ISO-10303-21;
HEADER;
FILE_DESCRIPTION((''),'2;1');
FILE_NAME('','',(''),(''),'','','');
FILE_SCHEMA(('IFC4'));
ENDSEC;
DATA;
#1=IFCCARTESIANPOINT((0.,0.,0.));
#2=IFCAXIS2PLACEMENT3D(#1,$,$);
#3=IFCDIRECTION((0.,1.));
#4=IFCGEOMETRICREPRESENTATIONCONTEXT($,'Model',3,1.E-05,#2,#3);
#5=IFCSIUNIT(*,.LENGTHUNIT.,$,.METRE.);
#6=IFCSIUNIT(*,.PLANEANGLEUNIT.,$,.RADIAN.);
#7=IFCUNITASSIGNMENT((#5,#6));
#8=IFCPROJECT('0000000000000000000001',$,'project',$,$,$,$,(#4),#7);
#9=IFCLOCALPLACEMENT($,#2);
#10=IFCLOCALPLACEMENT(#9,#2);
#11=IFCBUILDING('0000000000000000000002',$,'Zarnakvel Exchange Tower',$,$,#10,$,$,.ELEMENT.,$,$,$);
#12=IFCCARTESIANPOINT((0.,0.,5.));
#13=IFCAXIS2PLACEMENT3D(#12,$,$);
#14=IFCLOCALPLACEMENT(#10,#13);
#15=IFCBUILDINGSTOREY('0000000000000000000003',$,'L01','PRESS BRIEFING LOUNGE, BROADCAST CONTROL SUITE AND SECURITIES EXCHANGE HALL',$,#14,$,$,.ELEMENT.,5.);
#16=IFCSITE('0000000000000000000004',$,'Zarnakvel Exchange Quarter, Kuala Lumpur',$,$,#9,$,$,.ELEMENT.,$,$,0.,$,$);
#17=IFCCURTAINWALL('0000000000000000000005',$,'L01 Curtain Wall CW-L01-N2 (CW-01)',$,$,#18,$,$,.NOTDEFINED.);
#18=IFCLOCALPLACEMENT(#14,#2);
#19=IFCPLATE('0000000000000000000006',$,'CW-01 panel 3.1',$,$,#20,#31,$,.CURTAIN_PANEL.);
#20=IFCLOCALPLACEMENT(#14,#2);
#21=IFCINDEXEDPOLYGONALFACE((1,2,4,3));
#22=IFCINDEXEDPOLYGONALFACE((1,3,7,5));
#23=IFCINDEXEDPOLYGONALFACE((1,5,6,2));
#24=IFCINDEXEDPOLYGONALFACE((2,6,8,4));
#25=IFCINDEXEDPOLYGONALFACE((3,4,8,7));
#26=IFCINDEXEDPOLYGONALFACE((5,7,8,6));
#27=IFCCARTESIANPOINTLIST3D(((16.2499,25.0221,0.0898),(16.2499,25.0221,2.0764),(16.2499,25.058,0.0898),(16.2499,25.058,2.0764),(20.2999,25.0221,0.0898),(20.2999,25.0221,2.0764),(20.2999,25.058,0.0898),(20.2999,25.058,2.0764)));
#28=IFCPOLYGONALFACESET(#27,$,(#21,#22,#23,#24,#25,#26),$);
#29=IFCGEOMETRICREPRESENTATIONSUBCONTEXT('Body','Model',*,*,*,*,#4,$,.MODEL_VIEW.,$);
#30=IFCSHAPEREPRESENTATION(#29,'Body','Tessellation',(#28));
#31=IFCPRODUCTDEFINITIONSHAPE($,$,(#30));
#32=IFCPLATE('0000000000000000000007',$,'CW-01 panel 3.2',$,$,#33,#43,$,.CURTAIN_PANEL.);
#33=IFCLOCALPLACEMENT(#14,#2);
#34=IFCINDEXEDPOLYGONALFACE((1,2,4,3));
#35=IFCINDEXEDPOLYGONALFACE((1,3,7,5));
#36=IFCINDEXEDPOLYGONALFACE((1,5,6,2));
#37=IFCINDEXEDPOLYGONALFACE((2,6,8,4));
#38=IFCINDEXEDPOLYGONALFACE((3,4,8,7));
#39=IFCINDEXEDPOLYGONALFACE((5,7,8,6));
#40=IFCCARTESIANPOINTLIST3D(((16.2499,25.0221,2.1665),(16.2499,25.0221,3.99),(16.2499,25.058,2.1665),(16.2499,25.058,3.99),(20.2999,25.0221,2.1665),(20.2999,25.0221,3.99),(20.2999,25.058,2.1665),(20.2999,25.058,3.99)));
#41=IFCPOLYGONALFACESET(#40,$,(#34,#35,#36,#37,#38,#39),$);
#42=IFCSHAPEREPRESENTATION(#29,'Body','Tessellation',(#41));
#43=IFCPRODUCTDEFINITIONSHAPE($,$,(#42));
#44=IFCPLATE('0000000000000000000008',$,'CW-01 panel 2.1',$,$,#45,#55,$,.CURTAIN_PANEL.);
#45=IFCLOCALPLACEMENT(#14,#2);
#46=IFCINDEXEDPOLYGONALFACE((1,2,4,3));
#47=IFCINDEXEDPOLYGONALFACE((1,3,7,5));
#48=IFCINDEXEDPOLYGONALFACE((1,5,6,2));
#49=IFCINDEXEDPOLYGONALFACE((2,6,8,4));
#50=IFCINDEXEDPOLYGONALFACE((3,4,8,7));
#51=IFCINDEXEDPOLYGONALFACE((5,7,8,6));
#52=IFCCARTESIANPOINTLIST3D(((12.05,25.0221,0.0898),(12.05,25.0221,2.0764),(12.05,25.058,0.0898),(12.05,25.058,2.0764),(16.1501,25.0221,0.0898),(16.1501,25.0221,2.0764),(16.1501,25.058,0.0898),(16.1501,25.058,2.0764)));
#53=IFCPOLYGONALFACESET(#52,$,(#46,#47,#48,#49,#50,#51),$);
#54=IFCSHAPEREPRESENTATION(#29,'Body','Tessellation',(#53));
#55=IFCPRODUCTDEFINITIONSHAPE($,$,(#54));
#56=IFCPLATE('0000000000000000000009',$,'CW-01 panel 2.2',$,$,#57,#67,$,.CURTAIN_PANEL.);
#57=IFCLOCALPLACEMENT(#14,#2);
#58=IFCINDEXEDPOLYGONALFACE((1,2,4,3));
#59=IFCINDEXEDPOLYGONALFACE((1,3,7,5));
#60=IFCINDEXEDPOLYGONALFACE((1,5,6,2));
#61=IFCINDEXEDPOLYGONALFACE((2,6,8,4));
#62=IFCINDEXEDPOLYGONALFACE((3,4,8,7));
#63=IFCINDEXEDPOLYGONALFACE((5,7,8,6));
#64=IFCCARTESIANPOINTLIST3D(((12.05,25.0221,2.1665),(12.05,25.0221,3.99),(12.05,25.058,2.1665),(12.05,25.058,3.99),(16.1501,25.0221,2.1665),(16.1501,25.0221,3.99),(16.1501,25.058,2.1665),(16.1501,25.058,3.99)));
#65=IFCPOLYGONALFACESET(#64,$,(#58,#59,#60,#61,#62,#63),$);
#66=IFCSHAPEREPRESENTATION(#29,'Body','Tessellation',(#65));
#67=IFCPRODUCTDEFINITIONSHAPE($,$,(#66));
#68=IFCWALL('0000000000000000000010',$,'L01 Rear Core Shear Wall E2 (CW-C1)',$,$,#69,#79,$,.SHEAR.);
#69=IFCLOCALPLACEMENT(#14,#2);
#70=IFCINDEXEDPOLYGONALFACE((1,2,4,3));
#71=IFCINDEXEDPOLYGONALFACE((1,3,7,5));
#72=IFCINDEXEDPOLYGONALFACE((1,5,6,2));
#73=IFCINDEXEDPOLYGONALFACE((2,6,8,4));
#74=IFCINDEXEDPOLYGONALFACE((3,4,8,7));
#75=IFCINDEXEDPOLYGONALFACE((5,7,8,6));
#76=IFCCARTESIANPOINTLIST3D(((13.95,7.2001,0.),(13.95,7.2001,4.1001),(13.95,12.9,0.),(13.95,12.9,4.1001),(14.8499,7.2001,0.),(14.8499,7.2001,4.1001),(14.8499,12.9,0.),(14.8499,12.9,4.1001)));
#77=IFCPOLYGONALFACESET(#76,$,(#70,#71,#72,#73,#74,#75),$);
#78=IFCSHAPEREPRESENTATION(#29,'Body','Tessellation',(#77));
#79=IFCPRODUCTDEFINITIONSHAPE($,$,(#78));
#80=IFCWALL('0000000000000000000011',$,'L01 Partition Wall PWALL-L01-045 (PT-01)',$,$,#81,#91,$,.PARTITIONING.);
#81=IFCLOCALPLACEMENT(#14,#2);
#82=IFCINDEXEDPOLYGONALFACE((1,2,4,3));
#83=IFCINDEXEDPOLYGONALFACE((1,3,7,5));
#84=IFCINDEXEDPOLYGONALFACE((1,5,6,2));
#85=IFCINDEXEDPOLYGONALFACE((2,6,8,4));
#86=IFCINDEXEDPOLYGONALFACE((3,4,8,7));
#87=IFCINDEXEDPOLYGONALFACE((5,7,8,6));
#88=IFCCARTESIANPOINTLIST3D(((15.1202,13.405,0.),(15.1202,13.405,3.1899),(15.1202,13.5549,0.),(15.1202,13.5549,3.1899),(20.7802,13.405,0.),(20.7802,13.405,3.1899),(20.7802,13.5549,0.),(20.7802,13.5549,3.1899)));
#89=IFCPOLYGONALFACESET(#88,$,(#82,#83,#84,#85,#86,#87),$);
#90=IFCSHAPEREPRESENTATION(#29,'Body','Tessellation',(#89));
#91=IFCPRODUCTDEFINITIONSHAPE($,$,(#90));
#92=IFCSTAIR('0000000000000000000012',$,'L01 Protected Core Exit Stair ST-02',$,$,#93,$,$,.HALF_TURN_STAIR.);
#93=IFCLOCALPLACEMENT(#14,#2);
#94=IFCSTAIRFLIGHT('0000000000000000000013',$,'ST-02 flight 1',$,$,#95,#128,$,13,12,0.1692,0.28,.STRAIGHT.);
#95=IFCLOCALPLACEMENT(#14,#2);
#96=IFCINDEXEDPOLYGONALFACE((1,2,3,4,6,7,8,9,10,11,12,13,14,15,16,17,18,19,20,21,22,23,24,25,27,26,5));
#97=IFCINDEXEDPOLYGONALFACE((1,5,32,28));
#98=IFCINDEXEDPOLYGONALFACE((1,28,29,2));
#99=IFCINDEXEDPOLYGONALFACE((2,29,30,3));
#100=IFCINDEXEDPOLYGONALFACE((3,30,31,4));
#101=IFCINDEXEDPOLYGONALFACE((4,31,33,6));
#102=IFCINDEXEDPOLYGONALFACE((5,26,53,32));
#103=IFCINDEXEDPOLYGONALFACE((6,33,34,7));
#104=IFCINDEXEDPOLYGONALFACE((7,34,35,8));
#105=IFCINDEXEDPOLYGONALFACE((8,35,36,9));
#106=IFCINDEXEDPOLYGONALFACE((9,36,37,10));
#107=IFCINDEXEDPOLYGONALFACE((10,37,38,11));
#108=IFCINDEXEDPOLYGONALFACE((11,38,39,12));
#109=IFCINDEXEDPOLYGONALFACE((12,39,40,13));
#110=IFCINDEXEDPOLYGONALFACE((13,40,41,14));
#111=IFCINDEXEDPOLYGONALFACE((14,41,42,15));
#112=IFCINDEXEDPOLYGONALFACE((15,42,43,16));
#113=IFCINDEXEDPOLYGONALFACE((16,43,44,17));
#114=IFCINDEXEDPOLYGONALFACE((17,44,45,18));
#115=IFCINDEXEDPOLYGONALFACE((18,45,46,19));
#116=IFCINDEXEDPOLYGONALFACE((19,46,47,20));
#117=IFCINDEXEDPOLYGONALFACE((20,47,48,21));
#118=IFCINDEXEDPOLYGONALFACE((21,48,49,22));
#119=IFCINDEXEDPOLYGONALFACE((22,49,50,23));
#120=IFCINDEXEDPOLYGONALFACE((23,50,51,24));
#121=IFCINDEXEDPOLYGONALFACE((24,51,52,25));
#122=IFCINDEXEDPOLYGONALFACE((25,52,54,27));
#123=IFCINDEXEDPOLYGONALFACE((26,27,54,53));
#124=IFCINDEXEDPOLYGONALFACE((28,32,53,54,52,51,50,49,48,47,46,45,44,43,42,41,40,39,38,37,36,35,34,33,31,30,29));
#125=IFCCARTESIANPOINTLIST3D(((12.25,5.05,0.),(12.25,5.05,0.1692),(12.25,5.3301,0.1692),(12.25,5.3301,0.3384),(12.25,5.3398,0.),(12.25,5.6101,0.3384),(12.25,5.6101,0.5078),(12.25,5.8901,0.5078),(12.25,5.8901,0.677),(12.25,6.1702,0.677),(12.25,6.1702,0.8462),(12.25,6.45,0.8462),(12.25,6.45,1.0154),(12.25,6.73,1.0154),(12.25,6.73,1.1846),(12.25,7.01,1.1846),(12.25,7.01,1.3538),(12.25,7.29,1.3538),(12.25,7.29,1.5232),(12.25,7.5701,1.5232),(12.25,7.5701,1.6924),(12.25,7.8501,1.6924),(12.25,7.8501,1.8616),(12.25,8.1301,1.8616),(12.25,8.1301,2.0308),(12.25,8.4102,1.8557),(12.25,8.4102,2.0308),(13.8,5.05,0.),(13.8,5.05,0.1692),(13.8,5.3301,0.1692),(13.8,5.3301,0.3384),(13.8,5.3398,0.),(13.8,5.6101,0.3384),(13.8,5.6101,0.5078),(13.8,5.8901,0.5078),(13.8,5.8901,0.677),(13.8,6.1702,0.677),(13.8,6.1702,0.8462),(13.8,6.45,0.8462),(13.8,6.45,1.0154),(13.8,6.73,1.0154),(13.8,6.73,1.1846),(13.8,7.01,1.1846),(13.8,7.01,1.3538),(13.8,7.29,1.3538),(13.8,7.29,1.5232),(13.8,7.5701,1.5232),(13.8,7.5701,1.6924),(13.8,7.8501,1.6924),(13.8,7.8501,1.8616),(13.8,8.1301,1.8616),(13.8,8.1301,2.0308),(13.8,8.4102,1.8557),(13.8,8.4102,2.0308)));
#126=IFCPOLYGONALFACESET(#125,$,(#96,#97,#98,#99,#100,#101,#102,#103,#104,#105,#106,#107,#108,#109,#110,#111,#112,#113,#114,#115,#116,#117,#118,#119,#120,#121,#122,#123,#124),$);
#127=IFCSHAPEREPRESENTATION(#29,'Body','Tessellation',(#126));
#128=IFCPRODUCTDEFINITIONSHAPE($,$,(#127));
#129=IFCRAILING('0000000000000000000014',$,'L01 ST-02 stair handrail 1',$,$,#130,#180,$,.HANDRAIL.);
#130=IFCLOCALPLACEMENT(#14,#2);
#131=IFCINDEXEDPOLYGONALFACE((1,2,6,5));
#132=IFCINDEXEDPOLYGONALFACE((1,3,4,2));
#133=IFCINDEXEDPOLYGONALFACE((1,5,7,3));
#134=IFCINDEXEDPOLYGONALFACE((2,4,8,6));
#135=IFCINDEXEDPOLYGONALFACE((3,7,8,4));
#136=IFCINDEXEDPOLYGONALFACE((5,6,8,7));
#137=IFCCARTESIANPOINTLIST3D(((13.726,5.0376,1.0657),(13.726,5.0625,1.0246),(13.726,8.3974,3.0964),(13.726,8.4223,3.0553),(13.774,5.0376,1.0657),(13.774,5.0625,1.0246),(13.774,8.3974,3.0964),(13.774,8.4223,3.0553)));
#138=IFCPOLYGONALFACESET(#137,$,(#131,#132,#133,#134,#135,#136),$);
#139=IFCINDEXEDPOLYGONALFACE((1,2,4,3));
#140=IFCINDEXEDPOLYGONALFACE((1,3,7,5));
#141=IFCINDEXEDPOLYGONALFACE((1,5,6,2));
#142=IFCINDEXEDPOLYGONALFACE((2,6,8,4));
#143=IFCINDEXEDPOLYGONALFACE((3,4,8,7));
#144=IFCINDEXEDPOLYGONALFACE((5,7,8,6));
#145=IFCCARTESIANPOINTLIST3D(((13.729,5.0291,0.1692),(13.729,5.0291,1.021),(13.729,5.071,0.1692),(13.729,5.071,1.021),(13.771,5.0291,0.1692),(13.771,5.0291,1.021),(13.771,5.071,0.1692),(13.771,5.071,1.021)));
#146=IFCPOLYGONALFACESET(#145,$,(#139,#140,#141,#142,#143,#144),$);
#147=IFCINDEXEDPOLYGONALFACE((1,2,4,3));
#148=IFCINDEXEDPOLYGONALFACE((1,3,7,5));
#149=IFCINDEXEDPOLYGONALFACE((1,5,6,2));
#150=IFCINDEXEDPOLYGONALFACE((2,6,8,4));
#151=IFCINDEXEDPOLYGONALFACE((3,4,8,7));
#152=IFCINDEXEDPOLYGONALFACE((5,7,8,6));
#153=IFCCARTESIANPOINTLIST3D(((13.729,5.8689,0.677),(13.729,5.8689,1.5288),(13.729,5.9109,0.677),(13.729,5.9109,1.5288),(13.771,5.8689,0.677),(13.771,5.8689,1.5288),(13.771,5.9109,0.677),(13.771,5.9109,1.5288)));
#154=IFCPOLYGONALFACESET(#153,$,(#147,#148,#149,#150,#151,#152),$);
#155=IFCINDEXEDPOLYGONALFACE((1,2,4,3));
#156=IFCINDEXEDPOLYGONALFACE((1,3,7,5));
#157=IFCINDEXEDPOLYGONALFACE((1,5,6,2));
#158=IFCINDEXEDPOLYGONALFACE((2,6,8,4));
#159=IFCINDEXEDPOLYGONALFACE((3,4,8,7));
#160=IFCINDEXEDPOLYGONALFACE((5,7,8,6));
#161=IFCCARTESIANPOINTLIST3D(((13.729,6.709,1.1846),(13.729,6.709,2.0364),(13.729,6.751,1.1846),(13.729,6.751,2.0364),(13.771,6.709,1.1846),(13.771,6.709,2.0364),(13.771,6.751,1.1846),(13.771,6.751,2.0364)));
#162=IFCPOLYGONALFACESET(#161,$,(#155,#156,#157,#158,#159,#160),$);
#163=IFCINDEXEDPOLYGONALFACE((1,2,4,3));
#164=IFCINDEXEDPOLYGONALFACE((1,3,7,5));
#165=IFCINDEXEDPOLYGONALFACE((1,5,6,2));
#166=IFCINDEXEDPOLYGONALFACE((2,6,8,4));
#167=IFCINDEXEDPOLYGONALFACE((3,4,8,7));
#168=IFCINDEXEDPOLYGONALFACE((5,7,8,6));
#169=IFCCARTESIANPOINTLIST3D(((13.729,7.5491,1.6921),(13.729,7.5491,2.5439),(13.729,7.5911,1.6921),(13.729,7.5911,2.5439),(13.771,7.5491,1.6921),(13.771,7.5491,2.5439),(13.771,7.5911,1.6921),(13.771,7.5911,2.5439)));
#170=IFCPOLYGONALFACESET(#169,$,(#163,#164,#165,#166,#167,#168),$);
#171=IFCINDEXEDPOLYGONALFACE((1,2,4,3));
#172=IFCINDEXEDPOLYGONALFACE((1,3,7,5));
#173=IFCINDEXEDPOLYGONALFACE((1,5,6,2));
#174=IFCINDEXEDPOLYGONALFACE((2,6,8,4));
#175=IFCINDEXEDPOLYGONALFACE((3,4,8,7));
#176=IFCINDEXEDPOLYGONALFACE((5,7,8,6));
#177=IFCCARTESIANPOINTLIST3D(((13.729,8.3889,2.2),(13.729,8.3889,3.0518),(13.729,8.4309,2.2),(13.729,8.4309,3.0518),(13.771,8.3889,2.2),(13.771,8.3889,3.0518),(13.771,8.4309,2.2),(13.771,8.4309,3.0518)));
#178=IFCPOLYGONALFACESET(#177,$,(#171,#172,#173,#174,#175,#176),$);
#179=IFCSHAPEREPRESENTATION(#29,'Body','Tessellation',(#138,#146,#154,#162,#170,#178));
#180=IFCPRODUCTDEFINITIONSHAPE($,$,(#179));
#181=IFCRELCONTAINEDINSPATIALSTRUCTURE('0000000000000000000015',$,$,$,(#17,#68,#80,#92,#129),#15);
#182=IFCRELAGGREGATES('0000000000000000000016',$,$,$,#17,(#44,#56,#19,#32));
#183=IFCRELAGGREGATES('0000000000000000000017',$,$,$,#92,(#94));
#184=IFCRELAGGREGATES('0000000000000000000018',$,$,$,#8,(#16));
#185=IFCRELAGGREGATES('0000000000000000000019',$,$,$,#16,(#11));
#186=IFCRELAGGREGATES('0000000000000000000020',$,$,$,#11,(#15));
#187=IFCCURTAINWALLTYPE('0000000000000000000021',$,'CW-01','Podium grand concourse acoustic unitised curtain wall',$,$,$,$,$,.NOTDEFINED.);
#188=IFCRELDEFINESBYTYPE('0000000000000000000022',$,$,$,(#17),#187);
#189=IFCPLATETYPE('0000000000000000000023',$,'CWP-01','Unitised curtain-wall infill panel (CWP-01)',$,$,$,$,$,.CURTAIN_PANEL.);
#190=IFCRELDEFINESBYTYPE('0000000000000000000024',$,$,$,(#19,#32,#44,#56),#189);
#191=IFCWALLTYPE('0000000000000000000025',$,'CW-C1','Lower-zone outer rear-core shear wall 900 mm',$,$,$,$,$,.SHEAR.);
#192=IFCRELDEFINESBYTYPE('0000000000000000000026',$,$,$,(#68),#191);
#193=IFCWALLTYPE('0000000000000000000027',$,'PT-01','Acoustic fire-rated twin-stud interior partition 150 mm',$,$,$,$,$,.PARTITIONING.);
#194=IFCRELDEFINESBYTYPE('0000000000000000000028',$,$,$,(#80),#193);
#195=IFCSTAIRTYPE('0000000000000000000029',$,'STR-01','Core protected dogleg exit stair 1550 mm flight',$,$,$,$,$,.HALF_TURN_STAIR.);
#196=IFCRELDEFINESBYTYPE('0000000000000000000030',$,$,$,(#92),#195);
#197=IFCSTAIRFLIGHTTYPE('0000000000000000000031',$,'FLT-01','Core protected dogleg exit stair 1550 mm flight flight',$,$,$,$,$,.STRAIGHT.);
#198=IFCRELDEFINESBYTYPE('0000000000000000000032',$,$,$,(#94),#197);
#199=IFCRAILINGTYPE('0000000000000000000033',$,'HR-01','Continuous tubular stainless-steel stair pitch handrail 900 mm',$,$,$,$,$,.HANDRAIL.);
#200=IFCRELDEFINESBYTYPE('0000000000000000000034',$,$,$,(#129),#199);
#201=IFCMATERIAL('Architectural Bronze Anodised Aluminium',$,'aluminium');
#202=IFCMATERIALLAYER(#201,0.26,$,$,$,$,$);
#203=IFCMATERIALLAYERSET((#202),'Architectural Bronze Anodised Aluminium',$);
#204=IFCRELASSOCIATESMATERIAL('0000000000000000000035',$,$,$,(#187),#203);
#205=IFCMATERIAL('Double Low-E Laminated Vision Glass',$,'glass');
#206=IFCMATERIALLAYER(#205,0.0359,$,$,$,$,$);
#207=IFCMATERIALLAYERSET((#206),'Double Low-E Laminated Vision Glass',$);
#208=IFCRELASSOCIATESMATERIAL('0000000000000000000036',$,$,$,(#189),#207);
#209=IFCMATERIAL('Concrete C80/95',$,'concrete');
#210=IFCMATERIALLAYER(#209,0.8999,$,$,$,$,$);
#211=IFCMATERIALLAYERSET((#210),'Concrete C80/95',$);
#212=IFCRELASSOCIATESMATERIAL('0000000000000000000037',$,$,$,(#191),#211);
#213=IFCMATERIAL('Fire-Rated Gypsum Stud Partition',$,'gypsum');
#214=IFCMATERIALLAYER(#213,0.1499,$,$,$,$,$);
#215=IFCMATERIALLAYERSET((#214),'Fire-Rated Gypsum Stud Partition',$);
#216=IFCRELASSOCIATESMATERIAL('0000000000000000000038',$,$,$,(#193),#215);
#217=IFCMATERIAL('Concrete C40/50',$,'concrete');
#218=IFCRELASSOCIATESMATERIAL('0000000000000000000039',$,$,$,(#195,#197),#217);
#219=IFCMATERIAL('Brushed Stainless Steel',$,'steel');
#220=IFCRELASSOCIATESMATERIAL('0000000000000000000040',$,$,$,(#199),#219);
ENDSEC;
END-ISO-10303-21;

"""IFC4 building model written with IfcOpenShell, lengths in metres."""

from ifc_helpers import new_model, si_unit, direction, frame, frame_2d, origin, origin_2d, place, context, subcontext, project, spatial, polyline, rectangle, outline, extrude, source, transform, mapped, material, layer, layer_set, type_object, element, aggregate, save


model = new_model("IFC4")

# Units and contexts
model_context = context("Model", 3, precision=1e-05, world=origin(), true_north=direction((0.0, 1.0)))
body_context = subcontext(model_context, "Body", "Model", "MODEL_VIEW")
ifc_project = project(units=[si_unit("LENGTHUNIT", "METRE"), si_unit("PLANEANGLEUNIT", "RADIAN")], contexts=[model_context])

# Site, building, storey
site_placement = place(None, origin())
site = spatial("IfcSite", under=ifc_project, at=site_placement, Name="Zarnakvel Exchange Quarter, Kuala Lumpur", CompositionType="ELEMENT", RefElevation=0.0)
building_placement = place(site_placement, origin())
building = spatial("IfcBuilding", under=site, at=building_placement, Name="Zarnakvel Exchange Tower", CompositionType="ELEMENT")
storey_placement = place(building_placement, frame((0.0, 0.0, 5.0)))
storey = spatial("IfcBuildingStorey", under=building, at=storey_placement, Name="L01", Description="PRESS BRIEFING LOUNGE, BROADCAST CONTROL SUITE AND SECURITIES EXCHANGE HALL", CompositionType="ELEMENT", Elevation=5.0)

# Shared definitions
ifc_material_1 = material(Name="Concrete C80/95", Category="concrete")

# Curtain wall, plates
ifc_material_2 = material(Name="Architectural Bronze Anodised Aluminium", Category="aluminium")
ifc_layer_1 = layer(ifc_material_2, 0.26)
ifc_layer_set_1 = layer_set([ifc_layer_1], Name="Architectural Bronze Anodised Aluminium")
curtain_wall_type = type_object("IfcCurtainWallType", Name="CW-01", Description="Podium grand concourse acoustic unitised curtain wall", PredefinedType="NOTDEFINED", material=ifc_layer_set_1)
curtain_wall_placement = place(storey_placement, origin())
curtain_wall = element("IfcCurtainWall", 1, at=curtain_wall_placement, inside=storey, type_object=curtain_wall_type, Name="L01 Curtain Wall CW-L01-N2 (CW-01)", PredefinedType="NOTDEFINED")
ifc_material_3 = material(Name="Double Low-E Laminated Vision Glass", Category="glass")
ifc_layer_2 = layer(ifc_material_3, 0.0359)
ifc_layer_set_2 = layer_set([ifc_layer_2], Name="Double Low-E Laminated Vision Glass")
plate_type = type_object("IfcPlateType", Name="CWP-01", Description="Unitised curtain-wall infill panel (CWP-01)", PredefinedType="CURTAIN_PANEL", material=ifc_layer_set_2)
shared_shape_1 = source(origin(), body_context, "Body", "SweptSolid", [
    extrude(rectangle(XDim=4.05, YDim=0.0359, at=origin_2d()), origin(), (0.0, 0.0, 1.0), 1.9866),
])
plate_1_placement = place(storey_placement, frame((18.2749, 25.04, 0.0898), z_axis=(0.0, 0.0, 1.0), x_axis=(1.0, 0.0, 0.0)))
plate_1 = element("IfcPlate", 2, at=plate_1_placement, type_object=plate_type, Name="CW-01 panel 3.1", PredefinedType="CURTAIN_PANEL", context=body_context, shape_type="MappedRepresentation", body=[
    mapped(shared_shape_1, transform((0.0, 0.0, 0.0), x_axis=(1.0, 0.0, 0.0), y_axis=(0.0, 1.0, 0.0), z_axis=(0.0, 0.0, 1.0), scale=1.0)),
])
shared_shape_2 = source(origin(), body_context, "Body", "SweptSolid", [
    extrude(rectangle(XDim=4.05, YDim=0.0359, at=origin_2d()), origin(), (0.0, 0.0, 1.0), 1.8235),
])
plate_2_placement = place(storey_placement, frame((18.2749, 25.04, 2.1665), z_axis=(0.0, 0.0, 1.0), x_axis=(1.0, 0.0, 0.0)))
plate_2 = element("IfcPlate", 3, at=plate_2_placement, type_object=plate_type, Name="CW-01 panel 3.2", PredefinedType="CURTAIN_PANEL", context=body_context, shape_type="MappedRepresentation", body=[
    mapped(shared_shape_2, transform((0.0, 0.0, 0.0), x_axis=(1.0, 0.0, 0.0), y_axis=(0.0, 1.0, 0.0), z_axis=(0.0, 0.0, 1.0), scale=1.0)),
])
shared_shape_3 = source(origin(), body_context, "Body", "SweptSolid", [
    extrude(rectangle(XDim=4.1001, YDim=0.0359, at=origin_2d()), origin(), (0.0, 0.0, 1.0), 1.9866),
])
plate_3_placement = place(storey_placement, frame((14.1001, 25.04, 0.0898), z_axis=(0.0, 0.0, 1.0), x_axis=(1.0, 0.0, 0.0)))
plate_3 = element("IfcPlate", 4, at=plate_3_placement, type_object=plate_type, Name="CW-01 panel 2.1", PredefinedType="CURTAIN_PANEL", context=body_context, shape_type="MappedRepresentation", body=[
    mapped(shared_shape_3, transform((0.0, 0.0, 0.0), x_axis=(1.0, 0.0, 0.0), y_axis=(0.0, 1.0, 0.0), z_axis=(0.0, 0.0, 1.0), scale=1.0)),
])
shared_shape_4 = source(origin(), body_context, "Body", "SweptSolid", [
    extrude(rectangle(XDim=4.1001, YDim=0.0359, at=origin_2d()), origin(), (0.0, 0.0, 1.0), 1.8235),
])
plate_4_placement = place(storey_placement, frame((14.1001, 25.04, 2.1665), z_axis=(0.0, 0.0, 1.0), x_axis=(1.0, 0.0, 0.0)))
plate_4 = element("IfcPlate", 5, at=plate_4_placement, type_object=plate_type, Name="CW-01 panel 2.2", PredefinedType="CURTAIN_PANEL", context=body_context, shape_type="MappedRepresentation", body=[
    mapped(shared_shape_4, transform((0.0, 0.0, 0.0), x_axis=(1.0, 0.0, 0.0), y_axis=(0.0, 1.0, 0.0), z_axis=(0.0, 0.0, 1.0), scale=1.0)),
])
aggregate(curtain_wall, [plate_3, plate_4, plate_1, plate_2])

# Walls
ifc_layer_3 = layer(ifc_material_1, 0.8999)
ifc_layer_set_3 = layer_set([ifc_layer_3], Name="Concrete C80/95")
wall_type_1 = type_object("IfcWallType", Name="CW-C1", Description="Lower-zone outer rear-core shear wall 900 mm", PredefinedType="SHEAR", material=ifc_layer_set_3)
wall_1_placement = place(storey_placement, frame((14.3999, 7.2, 0.0), z_axis=(0.0, 0.0, 1.0), x_axis=(0.0, 1.0, 0.0)))
element("IfcWall", 6, at=wall_1_placement, inside=storey, type_object=wall_type_1, Name="L01 Rear Core Shear Wall E2 (CW-C1)", PredefinedType="SHEAR", context=body_context, shape_type="SweptSolid", body=[
    extrude(rectangle(XDim=5.7, YDim=0.8999, at=frame_2d((2.8501, 0.0))), origin(), (0.0, 0.0, 1.0), 4.1001),
])
ifc_material_4 = material(Name="Fire-Rated Gypsum Stud Partition", Category="gypsum")
ifc_layer_4 = layer(ifc_material_4, 0.1499)
ifc_layer_set_4 = layer_set([ifc_layer_4], Name="Fire-Rated Gypsum Stud Partition")
wall_type_2 = type_object("IfcWallType", Name="PT-01", Description="Acoustic fire-rated twin-stud interior partition 150 mm", PredefinedType="PARTITIONING", material=ifc_layer_set_4)
wall_2_placement = place(storey_placement, frame((15.1201, 13.48, 0.0), z_axis=(0.0, 0.0, 1.0), x_axis=(1.0, 0.0, 0.0)))
element("IfcWall", 7, at=wall_2_placement, inside=storey, type_object=wall_type_2, Name="L01 Partition Wall PWALL-L01-045 (PT-01)", PredefinedType="PARTITIONING", context=body_context, shape_type="SweptSolid", body=[
    extrude(rectangle(XDim=5.6599, YDim=0.1499, at=frame_2d((2.8301, 0.0))), origin(), (0.0, 0.0, 1.0), 3.1899),
])

# Shared definitions
ifc_material_5 = material(Name="Concrete C40/50", Category="concrete")

# Stair, stair flight
stair_type = type_object("IfcStairType", Name="STR-01", Description="Core protected dogleg exit stair 1550 mm flight", PredefinedType="HALF_TURN_STAIR", material=ifc_material_5)
stair_placement = place(storey_placement, origin())
stair = element("IfcStair", 8, at=stair_placement, inside=storey, type_object=stair_type, Name="L01 Protected Core Exit Stair ST-02", PredefinedType="HALF_TURN_STAIR")
stair_flight_type = type_object("IfcStairFlightType", Name="FLT-01", Description="Core protected dogleg exit stair 1550 mm flight flight", PredefinedType="STRAIGHT", material=ifc_material_5)
stair_flight_placement = place(storey_placement, frame((13.0249, 5.05, 0.0), z_axis=(0.0, 0.0, 1.0), x_axis=(0.0, 1.0, 0.0)))
stair_flight = element("IfcStairFlight", 9, at=stair_flight_placement, type_object=stair_flight_type, Name="ST-02 flight 1", NumberOfRisers=13, NumberOfTreads=12, PredefinedType="STRAIGHT", RiserHeight=0.1692, TreadLength=0.28, context=body_context, shape_type="SweptSolid", body=[
    extrude(outline(polyline([(0.0, 0.0), (0.0, 0.1692), (0.28, 0.1692), (0.28, 0.3384), (0.5601, 0.3384), (0.5601, 0.5078), (0.8401, 0.5078), (0.8401, 0.677), (1.1201, 0.677), (1.1201, 0.8462), (1.3999, 0.8462), (1.3999, 1.0154), (1.6799, 1.0154), (1.6799, 1.1846), (1.96, 1.1846), (1.96, 1.3538), (2.24, 1.3538), (2.24, 1.5232), (2.52, 1.5232), (2.52, 1.6924), (2.8, 1.6924), (2.8, 1.8616), (3.0801, 1.8616), (3.0801, 2.0308), (3.3601, 2.0308), (3.3601, 2.2), (3.3601, 1.8557), (0.2898, 0.0), (0.0, 0.0)])), frame((0.0, 0.7749, 0.0), z_axis=(0.0, -1.0, 0.0), x_axis=(1.0, 0.0, 0.0)), (0.0, 0.0, 1.0), 1.55),
])
aggregate(stair, [stair_flight])

# Railing
ifc_material_6 = material(Name="Brushed Stainless Steel", Category="steel")
railing_type_1 = type_object("IfcRailingType", Name="HR-01", Description="Continuous tubular stainless-steel stair pitch handrail 900 mm", PredefinedType="HANDRAIL", material=ifc_material_6)
railing_1_placement = place(storey_placement, frame((13.75, 5.05, 0.1692)))
element("IfcRailing", 10, at=railing_1_placement, inside=storey, type_object=railing_type_1, Name="L01 ST-02 stair handrail 1", PredefinedType="HANDRAIL", context=body_context, shape_type="SweptSolid", body=[
    extrude(rectangle(XDim=0.0481, YDim=0.0481, at=origin_2d()), frame((0.0, 0.0, 0.876), z_axis=(0.0, 0.85582, 0.517273), x_axis=(-1.0, 0.0, 0.0)), (0.0, 0.0, 1.0), 3.9258),
    extrude(rectangle(XDim=0.042, YDim=0.042, at=origin_2d()), origin(), (0.0, 0.0, 1.0), 0.8518),
    extrude(rectangle(XDim=0.042, YDim=0.042, at=origin_2d()), frame((0.0, 0.8398, 0.5078)), (0.0, 0.0, 1.0), 0.8518),
    extrude(rectangle(XDim=0.042, YDim=0.042, at=origin_2d()), frame((0.0, 1.6799, 1.0154)), (0.0, 0.0, 1.0), 0.8518),
    extrude(rectangle(XDim=0.042, YDim=0.042, at=origin_2d()), frame((0.0, 2.52, 1.5229)), (0.0, 0.0, 1.0), 0.8518),
    extrude(rectangle(XDim=0.042, YDim=0.042, at=origin_2d()), frame((0.0, 3.3599, 2.0308)), (0.0, 0.0, 1.0), 0.8518),
])

save(model, "model.ifc")
